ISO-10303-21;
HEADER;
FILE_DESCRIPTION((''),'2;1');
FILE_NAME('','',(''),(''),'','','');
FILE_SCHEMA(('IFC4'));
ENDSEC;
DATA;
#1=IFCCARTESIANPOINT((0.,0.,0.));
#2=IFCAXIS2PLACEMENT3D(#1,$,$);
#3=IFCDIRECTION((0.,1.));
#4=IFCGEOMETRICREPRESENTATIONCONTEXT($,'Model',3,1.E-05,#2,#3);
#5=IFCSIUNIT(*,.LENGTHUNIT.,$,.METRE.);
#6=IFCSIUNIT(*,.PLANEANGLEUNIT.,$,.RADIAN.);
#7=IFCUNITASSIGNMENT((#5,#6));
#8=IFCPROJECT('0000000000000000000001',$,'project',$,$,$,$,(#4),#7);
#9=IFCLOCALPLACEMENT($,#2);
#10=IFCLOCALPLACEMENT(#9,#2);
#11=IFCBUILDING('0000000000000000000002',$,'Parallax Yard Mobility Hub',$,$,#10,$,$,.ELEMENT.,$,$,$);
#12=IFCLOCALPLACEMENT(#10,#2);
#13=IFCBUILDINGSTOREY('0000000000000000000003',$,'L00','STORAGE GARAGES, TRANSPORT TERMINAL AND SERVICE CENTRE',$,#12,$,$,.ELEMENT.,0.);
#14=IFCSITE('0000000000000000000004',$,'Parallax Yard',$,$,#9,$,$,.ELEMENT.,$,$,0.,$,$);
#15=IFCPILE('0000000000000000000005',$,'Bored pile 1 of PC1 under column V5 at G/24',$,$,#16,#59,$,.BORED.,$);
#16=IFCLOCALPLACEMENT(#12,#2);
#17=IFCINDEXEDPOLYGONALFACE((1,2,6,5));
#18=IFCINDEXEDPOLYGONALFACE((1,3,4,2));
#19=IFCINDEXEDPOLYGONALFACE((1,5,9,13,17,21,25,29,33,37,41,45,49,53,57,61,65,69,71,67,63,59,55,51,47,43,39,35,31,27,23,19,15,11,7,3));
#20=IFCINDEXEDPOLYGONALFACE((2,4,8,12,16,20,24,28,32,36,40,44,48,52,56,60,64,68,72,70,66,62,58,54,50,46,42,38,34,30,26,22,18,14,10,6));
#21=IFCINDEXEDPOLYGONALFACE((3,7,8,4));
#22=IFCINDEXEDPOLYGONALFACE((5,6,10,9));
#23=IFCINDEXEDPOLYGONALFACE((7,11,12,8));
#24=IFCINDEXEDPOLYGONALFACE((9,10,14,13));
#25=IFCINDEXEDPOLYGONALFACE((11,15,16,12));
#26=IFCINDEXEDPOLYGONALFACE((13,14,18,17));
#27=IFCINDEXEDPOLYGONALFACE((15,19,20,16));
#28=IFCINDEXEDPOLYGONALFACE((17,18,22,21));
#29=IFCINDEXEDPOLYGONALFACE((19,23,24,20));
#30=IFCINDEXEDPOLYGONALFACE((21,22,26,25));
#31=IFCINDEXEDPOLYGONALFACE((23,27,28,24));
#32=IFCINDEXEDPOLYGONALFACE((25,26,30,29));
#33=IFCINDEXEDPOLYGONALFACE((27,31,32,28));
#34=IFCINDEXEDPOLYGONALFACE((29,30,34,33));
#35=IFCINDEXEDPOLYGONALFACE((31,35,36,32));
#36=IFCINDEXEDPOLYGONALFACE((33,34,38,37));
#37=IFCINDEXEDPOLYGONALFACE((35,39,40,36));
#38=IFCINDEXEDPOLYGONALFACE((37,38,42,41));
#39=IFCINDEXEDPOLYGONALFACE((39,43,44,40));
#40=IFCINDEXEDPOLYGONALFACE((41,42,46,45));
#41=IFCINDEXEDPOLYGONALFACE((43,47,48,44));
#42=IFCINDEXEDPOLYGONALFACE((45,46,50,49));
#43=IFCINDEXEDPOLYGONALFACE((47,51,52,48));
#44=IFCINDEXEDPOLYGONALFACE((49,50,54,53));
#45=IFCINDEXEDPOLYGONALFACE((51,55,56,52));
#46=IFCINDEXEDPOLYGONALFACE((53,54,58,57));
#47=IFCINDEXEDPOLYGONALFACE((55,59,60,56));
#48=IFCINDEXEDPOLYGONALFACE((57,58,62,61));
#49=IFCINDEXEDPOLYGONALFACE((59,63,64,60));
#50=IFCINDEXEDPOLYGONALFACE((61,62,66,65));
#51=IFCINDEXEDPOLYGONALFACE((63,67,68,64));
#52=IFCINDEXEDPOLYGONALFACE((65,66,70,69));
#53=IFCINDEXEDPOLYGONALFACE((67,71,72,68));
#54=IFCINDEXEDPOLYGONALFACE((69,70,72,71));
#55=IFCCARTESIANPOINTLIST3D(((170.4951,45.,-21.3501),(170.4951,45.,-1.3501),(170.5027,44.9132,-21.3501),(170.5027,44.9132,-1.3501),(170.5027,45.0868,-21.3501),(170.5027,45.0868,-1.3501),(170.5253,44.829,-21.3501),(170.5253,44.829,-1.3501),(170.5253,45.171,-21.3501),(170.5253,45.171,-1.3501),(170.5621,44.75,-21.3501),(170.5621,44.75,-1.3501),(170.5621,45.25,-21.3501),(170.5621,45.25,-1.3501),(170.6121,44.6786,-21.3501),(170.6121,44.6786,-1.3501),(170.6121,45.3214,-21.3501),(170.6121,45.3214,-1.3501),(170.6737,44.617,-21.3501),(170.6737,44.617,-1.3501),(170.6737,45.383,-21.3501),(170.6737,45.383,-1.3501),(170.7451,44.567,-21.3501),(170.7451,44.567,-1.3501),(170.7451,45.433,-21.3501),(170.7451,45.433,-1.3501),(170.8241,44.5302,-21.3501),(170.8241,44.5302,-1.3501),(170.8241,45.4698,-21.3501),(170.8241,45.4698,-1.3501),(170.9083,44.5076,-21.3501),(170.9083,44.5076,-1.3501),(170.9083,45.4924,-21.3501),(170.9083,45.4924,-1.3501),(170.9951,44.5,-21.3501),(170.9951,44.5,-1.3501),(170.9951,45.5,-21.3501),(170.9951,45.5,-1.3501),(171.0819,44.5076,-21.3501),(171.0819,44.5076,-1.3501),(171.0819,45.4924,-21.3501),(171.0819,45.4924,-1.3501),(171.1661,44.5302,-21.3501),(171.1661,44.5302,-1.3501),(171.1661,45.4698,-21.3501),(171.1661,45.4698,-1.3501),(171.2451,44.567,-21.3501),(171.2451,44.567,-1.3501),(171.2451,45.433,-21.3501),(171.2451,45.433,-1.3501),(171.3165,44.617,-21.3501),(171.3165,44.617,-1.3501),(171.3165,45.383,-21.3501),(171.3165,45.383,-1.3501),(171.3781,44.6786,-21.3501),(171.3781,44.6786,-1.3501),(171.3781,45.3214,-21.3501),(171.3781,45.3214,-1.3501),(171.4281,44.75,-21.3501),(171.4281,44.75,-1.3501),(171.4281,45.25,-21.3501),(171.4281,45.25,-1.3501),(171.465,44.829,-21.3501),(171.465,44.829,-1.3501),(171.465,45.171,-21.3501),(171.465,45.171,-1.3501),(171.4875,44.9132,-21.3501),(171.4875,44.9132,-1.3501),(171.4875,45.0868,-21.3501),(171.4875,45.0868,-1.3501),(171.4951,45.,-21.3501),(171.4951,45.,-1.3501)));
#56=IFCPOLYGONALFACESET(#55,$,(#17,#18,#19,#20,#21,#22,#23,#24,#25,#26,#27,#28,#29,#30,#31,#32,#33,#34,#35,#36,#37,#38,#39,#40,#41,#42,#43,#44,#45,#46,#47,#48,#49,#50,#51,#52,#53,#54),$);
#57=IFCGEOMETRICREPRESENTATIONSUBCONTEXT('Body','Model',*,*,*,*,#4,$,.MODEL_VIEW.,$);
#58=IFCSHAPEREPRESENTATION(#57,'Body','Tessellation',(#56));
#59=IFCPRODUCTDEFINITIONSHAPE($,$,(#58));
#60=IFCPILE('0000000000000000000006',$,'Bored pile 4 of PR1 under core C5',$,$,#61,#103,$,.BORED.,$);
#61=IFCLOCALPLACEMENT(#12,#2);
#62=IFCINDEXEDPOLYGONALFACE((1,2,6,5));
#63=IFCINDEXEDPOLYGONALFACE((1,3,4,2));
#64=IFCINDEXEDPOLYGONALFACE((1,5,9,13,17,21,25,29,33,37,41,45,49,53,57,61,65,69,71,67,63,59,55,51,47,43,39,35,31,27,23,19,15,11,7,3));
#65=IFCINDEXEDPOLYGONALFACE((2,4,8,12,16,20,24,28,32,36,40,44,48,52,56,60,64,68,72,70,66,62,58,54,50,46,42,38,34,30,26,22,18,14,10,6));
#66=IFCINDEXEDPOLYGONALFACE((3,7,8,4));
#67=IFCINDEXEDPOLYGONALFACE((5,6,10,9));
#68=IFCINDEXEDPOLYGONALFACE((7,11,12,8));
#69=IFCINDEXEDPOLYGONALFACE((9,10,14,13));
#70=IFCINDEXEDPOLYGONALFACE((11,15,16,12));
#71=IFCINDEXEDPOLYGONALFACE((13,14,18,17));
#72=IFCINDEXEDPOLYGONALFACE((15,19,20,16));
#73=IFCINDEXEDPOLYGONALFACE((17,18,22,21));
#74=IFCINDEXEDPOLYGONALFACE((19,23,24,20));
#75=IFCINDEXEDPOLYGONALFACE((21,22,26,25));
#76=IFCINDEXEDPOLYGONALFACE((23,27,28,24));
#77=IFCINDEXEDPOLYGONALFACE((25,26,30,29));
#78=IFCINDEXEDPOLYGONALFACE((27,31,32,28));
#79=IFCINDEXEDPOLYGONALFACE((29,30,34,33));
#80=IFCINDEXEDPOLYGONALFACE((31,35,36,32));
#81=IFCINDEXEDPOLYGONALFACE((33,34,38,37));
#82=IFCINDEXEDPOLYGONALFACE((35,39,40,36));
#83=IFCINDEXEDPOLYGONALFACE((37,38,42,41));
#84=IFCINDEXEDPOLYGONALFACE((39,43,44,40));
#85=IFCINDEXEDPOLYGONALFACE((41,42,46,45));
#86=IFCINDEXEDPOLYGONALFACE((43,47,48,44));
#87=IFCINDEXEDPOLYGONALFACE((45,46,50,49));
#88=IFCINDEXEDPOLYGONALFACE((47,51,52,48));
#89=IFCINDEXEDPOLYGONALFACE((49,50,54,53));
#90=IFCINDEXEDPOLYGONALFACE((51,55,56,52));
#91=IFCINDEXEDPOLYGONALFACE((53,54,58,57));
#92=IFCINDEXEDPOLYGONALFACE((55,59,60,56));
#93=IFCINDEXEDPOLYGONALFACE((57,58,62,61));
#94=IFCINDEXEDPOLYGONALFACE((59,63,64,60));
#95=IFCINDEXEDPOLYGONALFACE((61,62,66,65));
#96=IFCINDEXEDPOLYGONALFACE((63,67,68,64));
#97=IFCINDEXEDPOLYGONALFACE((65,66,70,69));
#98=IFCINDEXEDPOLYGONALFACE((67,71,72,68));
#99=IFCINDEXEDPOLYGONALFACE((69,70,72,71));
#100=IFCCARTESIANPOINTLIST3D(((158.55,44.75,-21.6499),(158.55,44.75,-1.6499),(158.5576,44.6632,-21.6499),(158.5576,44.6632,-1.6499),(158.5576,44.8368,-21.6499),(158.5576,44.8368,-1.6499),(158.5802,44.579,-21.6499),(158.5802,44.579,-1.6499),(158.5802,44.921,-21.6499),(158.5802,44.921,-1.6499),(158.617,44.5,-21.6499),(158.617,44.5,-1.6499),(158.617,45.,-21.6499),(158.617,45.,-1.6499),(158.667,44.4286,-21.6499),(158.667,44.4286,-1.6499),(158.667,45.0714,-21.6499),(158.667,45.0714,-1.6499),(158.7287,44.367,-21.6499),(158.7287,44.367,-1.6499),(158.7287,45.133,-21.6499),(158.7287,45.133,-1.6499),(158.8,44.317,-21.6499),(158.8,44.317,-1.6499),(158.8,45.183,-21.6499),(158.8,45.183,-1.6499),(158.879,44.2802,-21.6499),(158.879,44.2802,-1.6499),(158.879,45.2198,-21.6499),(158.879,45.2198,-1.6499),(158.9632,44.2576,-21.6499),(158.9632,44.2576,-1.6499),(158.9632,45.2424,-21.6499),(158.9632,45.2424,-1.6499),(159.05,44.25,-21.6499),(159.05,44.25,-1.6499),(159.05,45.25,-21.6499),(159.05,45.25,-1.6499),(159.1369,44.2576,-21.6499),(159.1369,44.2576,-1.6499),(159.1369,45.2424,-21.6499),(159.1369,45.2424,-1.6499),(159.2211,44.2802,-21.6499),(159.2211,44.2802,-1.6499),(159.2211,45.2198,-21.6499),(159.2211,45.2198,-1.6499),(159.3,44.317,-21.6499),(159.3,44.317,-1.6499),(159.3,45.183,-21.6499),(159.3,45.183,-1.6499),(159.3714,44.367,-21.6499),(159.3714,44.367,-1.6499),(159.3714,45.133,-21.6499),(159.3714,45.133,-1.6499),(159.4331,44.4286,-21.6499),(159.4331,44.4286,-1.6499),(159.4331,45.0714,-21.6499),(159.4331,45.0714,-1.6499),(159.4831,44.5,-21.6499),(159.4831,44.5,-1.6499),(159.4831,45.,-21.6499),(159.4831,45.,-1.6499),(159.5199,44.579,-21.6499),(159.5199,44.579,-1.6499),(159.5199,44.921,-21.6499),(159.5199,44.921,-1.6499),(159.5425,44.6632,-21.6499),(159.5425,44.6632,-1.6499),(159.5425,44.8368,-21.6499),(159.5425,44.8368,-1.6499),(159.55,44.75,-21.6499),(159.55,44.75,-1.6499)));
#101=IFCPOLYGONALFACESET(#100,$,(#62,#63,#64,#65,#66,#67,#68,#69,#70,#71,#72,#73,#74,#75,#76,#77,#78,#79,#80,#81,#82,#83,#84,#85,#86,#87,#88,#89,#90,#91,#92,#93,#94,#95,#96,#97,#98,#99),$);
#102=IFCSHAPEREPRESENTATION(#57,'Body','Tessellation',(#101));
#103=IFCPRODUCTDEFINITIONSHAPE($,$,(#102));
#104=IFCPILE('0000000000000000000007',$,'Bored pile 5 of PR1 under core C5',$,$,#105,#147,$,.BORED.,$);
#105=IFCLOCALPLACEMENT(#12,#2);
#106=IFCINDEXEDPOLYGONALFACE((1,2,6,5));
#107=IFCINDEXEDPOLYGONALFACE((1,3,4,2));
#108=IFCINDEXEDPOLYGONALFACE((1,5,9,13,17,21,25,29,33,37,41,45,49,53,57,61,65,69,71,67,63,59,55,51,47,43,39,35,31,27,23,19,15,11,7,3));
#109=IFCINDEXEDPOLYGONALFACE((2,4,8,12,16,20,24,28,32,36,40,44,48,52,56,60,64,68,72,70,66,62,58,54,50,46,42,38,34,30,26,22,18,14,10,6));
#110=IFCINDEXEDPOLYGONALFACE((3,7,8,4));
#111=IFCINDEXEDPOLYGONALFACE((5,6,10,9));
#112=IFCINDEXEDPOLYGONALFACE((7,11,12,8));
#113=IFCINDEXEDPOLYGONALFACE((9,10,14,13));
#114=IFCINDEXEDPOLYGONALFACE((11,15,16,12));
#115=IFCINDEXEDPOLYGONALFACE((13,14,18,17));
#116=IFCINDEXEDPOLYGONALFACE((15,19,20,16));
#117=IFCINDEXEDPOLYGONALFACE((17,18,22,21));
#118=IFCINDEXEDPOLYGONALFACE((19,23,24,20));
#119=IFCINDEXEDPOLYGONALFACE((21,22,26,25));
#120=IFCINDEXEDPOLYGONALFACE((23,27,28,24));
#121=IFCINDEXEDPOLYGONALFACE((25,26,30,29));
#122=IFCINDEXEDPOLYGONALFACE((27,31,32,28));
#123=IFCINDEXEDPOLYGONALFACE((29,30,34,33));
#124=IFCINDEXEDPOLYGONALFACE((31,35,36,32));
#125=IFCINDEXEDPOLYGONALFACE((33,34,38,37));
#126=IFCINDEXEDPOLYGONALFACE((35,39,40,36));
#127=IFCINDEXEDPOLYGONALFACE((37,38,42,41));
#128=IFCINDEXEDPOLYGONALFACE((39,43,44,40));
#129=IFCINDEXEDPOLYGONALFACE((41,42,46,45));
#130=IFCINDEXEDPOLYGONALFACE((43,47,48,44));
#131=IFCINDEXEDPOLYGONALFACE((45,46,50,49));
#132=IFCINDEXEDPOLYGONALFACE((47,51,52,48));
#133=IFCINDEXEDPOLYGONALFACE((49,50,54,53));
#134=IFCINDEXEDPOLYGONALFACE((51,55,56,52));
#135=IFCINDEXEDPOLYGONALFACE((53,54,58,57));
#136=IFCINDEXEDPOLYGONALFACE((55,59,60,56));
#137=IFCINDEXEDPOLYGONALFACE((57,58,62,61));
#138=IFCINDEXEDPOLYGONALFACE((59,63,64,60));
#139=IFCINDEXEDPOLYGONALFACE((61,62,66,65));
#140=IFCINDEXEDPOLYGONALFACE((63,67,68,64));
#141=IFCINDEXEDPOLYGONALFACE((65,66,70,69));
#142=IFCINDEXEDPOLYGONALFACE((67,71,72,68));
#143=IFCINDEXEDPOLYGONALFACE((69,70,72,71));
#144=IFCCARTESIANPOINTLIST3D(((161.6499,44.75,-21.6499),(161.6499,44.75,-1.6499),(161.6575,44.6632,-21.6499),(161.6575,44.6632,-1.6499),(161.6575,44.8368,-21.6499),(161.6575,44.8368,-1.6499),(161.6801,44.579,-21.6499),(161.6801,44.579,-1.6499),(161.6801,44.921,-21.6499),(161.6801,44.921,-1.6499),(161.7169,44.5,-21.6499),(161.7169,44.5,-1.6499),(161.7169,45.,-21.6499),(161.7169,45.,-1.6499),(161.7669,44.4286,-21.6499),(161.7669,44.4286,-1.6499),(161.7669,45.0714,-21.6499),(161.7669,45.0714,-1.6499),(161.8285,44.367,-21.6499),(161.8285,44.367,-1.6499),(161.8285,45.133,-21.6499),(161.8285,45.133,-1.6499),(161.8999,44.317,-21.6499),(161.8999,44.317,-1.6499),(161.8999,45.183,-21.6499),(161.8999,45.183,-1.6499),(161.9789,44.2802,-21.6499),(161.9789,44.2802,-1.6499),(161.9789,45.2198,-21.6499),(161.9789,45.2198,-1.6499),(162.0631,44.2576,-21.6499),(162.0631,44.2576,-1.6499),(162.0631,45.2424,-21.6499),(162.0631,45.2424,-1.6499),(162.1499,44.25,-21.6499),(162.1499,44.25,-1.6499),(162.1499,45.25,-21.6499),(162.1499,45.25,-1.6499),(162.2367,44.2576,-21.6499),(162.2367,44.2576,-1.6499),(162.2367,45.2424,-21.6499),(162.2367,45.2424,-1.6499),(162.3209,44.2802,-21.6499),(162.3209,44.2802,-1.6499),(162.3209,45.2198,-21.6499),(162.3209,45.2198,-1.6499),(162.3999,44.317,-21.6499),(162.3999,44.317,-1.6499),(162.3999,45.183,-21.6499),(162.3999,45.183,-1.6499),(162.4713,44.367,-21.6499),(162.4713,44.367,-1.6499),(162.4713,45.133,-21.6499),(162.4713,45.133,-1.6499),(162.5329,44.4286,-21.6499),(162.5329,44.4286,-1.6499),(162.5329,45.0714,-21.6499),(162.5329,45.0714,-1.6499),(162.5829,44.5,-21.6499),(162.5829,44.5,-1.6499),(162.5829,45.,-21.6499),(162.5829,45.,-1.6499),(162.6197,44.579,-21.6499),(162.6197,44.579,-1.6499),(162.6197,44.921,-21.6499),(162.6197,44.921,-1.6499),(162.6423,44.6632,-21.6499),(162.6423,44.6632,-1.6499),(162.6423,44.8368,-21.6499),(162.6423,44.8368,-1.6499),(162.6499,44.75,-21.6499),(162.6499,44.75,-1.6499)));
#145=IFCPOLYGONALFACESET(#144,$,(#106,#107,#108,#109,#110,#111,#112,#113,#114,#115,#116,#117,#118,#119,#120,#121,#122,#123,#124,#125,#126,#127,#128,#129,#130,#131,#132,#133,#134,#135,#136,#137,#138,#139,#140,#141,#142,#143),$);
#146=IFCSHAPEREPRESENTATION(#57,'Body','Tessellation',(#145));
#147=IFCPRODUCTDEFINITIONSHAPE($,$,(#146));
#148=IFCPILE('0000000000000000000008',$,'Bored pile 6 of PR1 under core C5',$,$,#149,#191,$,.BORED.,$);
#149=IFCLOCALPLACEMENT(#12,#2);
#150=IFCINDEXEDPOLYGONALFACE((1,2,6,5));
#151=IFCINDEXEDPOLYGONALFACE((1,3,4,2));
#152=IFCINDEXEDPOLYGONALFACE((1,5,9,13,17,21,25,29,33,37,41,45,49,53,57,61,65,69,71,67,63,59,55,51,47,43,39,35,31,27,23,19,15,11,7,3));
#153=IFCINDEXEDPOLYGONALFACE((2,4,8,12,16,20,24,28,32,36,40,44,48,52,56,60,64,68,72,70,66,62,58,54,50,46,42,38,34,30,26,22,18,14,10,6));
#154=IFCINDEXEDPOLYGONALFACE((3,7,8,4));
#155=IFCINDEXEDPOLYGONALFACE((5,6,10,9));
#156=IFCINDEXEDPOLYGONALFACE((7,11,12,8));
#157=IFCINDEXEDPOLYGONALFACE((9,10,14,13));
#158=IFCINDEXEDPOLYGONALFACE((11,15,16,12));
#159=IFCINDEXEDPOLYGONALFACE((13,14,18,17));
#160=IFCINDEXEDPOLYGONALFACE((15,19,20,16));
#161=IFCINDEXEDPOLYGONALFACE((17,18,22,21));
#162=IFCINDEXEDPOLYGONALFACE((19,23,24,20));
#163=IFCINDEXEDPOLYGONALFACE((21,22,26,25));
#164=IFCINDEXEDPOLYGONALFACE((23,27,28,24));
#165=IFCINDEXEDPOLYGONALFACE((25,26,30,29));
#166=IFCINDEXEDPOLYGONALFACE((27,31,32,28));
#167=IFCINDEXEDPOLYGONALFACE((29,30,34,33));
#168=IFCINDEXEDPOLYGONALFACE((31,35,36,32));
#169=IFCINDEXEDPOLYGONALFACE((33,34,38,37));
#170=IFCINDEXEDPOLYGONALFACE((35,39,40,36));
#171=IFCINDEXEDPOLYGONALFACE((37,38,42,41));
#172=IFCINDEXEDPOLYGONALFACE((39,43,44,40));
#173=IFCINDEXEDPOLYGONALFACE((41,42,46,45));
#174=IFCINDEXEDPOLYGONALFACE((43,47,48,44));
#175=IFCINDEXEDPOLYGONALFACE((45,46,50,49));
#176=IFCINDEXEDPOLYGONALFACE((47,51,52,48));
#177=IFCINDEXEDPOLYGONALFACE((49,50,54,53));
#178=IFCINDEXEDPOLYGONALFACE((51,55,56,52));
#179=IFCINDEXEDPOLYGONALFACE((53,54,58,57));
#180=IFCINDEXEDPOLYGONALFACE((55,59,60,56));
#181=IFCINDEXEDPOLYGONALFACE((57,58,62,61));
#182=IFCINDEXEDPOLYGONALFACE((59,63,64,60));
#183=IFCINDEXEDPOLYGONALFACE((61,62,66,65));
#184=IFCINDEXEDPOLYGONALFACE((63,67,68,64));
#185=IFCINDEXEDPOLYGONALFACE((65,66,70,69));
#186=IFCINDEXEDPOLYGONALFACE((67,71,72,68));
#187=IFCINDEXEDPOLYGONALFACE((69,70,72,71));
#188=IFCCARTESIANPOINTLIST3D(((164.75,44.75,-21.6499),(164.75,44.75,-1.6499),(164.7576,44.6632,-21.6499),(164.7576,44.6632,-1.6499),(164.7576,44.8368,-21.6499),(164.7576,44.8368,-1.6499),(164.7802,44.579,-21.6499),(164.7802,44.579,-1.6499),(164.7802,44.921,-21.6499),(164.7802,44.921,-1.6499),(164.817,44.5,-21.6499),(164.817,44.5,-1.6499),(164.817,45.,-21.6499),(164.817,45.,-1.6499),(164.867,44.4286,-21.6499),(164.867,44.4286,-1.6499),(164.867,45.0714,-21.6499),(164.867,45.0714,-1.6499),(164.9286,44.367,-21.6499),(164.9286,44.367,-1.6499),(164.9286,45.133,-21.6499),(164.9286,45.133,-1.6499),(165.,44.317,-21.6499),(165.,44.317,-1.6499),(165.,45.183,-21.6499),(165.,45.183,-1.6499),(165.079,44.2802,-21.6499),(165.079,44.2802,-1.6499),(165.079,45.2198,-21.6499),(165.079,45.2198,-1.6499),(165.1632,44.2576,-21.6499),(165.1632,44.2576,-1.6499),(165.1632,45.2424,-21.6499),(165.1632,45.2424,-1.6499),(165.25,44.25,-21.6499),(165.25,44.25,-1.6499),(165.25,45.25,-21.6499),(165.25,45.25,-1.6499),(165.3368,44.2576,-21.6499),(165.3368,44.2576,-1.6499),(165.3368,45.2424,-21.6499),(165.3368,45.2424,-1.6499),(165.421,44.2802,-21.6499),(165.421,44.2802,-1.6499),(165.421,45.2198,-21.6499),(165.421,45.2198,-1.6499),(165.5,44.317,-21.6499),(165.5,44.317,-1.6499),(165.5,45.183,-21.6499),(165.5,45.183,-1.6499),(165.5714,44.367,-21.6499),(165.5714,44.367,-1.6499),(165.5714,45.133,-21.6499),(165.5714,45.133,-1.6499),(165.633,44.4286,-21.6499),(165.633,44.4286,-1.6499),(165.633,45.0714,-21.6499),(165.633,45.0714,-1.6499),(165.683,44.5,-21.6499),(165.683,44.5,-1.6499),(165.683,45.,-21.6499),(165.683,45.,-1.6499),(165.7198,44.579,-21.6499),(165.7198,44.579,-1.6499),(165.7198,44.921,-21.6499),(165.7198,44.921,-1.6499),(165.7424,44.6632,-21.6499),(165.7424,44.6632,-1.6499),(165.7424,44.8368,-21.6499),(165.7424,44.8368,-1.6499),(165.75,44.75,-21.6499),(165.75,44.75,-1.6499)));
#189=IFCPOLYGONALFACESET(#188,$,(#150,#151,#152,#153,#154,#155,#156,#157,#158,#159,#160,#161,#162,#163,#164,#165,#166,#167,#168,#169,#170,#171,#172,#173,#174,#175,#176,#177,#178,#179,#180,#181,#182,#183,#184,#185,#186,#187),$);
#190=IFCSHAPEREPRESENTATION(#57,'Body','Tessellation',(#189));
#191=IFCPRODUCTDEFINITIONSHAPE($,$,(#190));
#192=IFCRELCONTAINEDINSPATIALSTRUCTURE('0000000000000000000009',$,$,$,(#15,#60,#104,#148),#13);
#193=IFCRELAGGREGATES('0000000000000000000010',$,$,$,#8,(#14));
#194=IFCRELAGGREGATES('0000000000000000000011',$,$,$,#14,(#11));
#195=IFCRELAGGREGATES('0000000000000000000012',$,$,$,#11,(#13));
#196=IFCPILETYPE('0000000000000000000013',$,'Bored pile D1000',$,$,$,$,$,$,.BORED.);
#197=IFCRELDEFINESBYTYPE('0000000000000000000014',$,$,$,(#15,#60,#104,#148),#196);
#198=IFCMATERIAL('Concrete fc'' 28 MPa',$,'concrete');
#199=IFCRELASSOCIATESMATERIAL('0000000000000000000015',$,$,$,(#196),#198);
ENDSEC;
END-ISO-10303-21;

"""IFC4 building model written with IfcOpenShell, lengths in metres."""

from ifc_helpers import new_model, si_unit, direction, frame, origin, origin_2d, place, context, subcontext, project, spatial, circle, extrude, material, material_profile, profile_set, type_object, element, save


model = new_model("IFC4")

# Units and contexts
model_context = context("Model", 3, precision=1e-05, world=origin(), true_north=direction((0.0, 1.0)))
body_context = subcontext(model_context, "Body", "Model", "MODEL_VIEW")
ifc_project = project(units=[si_unit("LENGTHUNIT", "METRE"), si_unit("PLANEANGLEUNIT", "RADIAN")], contexts=[model_context])

# Site, building, storey
site_placement = place(None, origin())
site = spatial("IfcSite", under=ifc_project, at=site_placement, Name="Parallax Yard", CompositionType="ELEMENT", RefElevation=0.0)
building_placement = place(site_placement, origin())
building = spatial("IfcBuilding", under=site, at=building_placement, Name="Parallax Yard Mobility Hub", CompositionType="ELEMENT")
storey_placement = place(building_placement, origin())
storey = spatial("IfcBuildingStorey", under=building, at=storey_placement, Name="L00", Description="STORAGE GARAGES, TRANSPORT TERMINAL AND SERVICE CENTRE", CompositionType="ELEMENT", Elevation=0.0)

# Piles
ifc_material_1 = material(Name="Concrete fc' 28 MPa", Category="concrete")
ifc_material_profile_1 = material_profile(ifc_material_1, circle(Radius=0.5, at=origin_2d()), Name="Bored pile D1000")
ifc_profile_set_1 = profile_set([ifc_material_profile_1], Name="Concrete fc' 28 MPa")
pile_type = type_object("IfcPileType", Name="Bored pile D1000", PredefinedType="BORED", material=ifc_profile_set_1)
for number, where, z_axis, x_axis, name in (
    (1, (170.9951, 45.0, -1.3501), (0.0, 0.0, -1.0), (1.0, 0.0, 0.0), "Bored pile 1 of PC1 under column V5 at G/24"),
    (2, (159.05, 44.75, -1.6499), (0.0, 0.0, -1.0), (1.0, 0.0, 0.0), "Bored pile 4 of PR1 under core C5"),
    (3, (162.1499, 44.75, -1.6499), (0.0, 0.0, -1.0), (1.0, 0.0, 0.0), "Bored pile 5 of PR1 under core C5"),
    (4, (165.25, 44.75, -1.6499), (0.0, 0.0, -1.0), (1.0, 0.0, 0.0), "Bored pile 6 of PR1 under core C5"),
):
    element("IfcPile", number, at=place(storey_placement, frame(where, z_axis=z_axis, x_axis=x_axis)), inside=storey, type_object=pile_type, Name=name, PredefinedType="BORED", context=body_context, shape_type="SweptSolid", body=[
        extrude(circle(Radius=0.5, at=origin_2d()), origin(), (0.0, 0.0, 1.0), 20.0),
    ])

save(model, "model.ifc")
